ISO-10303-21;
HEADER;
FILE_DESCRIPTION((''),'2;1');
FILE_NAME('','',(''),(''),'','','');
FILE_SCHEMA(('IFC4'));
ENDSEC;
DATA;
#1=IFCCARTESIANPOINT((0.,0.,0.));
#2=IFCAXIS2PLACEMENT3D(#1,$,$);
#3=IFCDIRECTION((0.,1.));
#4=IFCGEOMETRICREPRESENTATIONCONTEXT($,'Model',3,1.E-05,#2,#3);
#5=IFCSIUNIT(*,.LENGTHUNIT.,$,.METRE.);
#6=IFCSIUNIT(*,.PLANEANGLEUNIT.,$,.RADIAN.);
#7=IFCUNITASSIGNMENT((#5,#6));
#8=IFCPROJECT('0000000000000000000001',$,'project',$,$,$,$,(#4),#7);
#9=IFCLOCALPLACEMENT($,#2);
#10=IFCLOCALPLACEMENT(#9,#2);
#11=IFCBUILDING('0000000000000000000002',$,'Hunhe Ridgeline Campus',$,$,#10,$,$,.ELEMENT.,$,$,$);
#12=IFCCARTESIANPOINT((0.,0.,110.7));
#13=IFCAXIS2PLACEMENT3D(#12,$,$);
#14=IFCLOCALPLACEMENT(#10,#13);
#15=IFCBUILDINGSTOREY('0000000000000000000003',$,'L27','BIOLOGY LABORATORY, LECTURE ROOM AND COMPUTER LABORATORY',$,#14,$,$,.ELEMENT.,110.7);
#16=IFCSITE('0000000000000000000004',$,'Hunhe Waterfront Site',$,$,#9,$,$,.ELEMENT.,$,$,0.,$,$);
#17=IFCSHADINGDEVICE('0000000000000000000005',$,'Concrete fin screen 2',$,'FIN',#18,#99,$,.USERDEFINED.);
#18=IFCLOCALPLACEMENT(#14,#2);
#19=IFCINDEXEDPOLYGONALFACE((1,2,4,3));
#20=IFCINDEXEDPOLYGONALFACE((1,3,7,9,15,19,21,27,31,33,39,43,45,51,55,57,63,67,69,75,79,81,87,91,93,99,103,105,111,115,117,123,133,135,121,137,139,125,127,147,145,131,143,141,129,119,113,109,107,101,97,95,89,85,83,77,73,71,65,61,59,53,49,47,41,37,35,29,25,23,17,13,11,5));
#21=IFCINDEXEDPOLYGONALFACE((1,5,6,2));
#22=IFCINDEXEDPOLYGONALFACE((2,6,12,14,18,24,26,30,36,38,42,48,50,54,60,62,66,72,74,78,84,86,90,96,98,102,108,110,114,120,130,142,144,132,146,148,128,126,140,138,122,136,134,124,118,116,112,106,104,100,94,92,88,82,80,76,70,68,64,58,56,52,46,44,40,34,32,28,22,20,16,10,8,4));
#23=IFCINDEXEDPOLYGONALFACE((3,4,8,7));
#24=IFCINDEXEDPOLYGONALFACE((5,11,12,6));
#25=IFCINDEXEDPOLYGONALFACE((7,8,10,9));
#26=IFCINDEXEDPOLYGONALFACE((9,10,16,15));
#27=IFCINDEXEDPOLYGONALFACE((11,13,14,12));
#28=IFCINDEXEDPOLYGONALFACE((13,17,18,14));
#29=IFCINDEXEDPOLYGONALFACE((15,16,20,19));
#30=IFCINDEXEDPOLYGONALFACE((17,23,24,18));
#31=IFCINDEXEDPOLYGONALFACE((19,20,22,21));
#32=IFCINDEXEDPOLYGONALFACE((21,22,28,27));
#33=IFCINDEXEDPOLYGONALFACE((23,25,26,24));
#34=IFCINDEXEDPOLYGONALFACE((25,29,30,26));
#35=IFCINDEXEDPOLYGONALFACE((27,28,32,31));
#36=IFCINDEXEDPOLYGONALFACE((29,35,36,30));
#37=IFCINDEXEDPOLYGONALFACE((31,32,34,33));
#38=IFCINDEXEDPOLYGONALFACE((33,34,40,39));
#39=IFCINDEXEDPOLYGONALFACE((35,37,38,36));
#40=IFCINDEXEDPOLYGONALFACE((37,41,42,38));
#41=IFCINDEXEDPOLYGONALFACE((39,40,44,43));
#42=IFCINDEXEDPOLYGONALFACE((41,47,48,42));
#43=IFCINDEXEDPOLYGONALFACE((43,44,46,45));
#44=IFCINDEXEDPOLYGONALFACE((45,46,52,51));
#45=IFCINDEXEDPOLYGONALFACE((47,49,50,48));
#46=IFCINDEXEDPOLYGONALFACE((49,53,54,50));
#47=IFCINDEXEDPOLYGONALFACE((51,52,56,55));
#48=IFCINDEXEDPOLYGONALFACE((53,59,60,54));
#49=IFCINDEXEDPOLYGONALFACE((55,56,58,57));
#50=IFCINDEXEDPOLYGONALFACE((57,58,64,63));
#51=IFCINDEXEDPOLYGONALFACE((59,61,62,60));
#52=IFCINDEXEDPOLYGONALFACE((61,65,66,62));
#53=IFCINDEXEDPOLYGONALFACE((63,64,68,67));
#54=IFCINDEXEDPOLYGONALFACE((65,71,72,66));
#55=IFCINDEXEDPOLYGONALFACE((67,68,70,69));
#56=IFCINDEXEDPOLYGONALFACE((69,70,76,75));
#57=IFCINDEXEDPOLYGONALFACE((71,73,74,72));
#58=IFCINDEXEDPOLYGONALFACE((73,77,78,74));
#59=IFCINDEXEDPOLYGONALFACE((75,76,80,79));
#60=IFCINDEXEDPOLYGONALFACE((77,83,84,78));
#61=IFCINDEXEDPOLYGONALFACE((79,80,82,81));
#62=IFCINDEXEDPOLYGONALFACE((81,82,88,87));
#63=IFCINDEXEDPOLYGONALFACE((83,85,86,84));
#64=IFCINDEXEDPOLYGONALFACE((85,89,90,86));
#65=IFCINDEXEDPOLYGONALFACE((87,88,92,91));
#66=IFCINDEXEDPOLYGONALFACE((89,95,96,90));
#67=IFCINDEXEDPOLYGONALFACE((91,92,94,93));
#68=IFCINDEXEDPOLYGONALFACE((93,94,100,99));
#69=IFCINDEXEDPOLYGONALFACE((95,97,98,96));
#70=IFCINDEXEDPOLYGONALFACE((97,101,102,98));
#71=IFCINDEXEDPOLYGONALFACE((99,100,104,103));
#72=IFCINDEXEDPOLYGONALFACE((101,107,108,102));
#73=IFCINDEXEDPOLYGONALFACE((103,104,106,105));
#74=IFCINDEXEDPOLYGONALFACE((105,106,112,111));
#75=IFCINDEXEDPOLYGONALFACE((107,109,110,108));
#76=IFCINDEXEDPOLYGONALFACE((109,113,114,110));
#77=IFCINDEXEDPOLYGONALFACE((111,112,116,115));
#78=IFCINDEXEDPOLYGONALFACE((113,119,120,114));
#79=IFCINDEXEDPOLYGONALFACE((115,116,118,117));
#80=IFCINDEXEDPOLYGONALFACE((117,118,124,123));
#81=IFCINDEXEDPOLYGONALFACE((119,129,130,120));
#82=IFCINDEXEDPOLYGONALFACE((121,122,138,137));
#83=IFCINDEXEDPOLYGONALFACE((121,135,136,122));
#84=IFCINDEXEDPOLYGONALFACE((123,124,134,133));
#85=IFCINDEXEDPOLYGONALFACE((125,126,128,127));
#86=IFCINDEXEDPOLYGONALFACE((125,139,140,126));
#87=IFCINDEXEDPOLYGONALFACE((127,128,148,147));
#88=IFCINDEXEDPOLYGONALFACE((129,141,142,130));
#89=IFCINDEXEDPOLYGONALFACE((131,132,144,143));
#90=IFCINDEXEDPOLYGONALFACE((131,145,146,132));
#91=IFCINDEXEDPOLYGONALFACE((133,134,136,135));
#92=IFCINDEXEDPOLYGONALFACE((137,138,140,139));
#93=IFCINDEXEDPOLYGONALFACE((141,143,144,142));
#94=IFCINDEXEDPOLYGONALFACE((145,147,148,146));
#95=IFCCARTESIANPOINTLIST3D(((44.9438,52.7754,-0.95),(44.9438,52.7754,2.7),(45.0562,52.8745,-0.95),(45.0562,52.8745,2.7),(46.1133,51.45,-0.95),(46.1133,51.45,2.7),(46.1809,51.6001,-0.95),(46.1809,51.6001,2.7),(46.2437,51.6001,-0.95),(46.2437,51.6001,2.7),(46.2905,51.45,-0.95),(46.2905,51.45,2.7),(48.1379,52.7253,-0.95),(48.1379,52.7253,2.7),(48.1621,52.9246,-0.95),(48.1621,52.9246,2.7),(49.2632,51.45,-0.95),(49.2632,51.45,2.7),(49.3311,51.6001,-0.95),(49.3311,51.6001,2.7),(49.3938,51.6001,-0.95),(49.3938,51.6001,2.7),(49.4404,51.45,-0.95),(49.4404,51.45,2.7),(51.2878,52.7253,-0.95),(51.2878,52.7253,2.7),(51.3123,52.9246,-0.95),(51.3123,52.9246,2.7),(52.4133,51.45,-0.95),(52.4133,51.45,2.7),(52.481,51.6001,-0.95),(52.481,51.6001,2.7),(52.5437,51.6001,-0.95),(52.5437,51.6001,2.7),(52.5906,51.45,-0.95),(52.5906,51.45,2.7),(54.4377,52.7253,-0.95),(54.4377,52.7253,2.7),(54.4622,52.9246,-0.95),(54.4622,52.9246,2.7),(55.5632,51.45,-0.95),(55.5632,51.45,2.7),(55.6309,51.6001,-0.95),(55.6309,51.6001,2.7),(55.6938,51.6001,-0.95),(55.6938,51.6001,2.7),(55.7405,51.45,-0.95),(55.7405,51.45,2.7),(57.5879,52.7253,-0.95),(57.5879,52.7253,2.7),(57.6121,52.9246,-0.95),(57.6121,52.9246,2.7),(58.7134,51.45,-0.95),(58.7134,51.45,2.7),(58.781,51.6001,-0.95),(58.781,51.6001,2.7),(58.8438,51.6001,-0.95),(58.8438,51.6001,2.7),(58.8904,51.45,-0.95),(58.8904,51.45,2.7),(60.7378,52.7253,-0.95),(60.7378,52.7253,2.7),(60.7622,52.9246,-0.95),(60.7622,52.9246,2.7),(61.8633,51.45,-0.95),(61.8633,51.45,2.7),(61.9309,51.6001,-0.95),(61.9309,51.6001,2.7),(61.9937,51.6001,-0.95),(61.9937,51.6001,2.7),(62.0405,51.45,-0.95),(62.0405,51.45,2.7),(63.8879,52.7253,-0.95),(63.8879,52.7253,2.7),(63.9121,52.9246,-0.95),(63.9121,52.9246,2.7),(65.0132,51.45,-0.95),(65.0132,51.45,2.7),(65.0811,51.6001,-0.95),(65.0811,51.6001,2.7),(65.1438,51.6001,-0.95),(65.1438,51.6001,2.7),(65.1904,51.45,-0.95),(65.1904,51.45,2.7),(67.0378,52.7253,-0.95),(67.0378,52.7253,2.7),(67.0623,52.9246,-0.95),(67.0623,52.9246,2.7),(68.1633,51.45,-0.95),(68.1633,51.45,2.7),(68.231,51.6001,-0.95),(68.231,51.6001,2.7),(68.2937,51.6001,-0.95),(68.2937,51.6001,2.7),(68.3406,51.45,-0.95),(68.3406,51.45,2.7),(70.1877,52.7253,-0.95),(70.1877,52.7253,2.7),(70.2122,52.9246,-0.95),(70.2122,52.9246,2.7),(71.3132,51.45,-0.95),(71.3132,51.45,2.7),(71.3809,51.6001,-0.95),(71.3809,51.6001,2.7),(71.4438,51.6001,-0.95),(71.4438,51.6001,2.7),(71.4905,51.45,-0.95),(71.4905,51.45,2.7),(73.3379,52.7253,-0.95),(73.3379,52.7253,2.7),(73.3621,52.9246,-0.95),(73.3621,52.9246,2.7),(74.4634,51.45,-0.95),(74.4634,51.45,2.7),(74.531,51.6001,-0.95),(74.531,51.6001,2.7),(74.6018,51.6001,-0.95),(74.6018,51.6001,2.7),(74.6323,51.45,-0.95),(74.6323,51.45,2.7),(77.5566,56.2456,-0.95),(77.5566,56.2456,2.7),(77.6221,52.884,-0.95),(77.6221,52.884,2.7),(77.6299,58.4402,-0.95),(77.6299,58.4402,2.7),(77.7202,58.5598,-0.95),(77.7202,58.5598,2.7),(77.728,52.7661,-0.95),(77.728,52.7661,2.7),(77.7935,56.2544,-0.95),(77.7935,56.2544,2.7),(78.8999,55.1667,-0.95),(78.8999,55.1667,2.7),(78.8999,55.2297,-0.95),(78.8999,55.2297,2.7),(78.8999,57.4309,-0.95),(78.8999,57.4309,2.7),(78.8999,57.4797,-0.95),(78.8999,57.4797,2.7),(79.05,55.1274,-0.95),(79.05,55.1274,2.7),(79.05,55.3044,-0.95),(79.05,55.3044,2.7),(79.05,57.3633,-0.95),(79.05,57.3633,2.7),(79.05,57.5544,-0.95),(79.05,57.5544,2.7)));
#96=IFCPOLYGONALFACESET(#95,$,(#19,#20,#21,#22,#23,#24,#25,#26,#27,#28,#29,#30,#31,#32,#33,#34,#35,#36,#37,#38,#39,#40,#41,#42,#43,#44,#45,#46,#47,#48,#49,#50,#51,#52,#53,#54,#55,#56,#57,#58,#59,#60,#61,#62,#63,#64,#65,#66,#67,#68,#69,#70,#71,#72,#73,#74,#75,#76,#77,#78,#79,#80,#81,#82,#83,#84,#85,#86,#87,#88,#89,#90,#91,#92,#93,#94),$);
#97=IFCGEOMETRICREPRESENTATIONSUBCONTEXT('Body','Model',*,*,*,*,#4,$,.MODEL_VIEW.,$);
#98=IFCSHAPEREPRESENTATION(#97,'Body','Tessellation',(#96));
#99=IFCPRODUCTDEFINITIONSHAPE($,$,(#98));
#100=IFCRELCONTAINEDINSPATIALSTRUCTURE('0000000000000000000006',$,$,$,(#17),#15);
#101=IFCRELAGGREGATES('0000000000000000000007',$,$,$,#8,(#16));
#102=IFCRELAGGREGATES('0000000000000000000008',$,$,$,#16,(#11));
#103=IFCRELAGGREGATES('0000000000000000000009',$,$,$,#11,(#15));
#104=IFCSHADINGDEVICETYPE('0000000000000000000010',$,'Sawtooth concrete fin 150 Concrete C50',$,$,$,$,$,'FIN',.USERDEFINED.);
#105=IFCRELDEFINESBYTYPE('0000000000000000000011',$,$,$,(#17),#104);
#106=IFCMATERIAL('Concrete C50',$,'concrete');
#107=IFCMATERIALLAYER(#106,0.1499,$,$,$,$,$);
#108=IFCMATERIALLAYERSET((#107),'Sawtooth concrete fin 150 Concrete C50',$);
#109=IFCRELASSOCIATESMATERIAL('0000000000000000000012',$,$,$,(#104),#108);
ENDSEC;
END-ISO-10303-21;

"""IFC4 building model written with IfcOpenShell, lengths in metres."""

from ifc_helpers import new_model, si_unit, direction, frame, origin, place, context, subcontext, project, spatial, polyline, outline, extrude, material, layer, layer_set, type_object, element, save


model = new_model("IFC4")

# Units and contexts
model_context = context("Model", 3, precision=1e-05, world=origin(), true_north=direction((0.0, 1.0)))
body_context = subcontext(model_context, "Body", "Model", "MODEL_VIEW")
ifc_project = project(units=[si_unit("LENGTHUNIT", "METRE"), si_unit("PLANEANGLEUNIT", "RADIAN")], contexts=[model_context])

# Site, building, storey
site_placement = place(None, origin())
site = spatial("IfcSite", under=ifc_project, at=site_placement, Name="Hunhe Waterfront Site", CompositionType="ELEMENT", RefElevation=0.0)
building_placement = place(site_placement, origin())
building = spatial("IfcBuilding", under=site, at=building_placement, Name="Hunhe Ridgeline Campus", CompositionType="ELEMENT")
storey_placement = place(building_placement, frame((0.0, 0.0, 110.7)))
storey = spatial("IfcBuildingStorey", under=building, at=storey_placement, Name="L27", Description="BIOLOGY LABORATORY, LECTURE ROOM AND COMPUTER LABORATORY", CompositionType="ELEMENT", Elevation=110.7)

# Shading device
ifc_material_1 = material(Name="Concrete C50", Category="concrete")
ifc_layer_1 = layer(ifc_material_1, 0.1499)
ifc_layer_set_1 = layer_set([ifc_layer_1], Name="Sawtooth concrete fin 150 Concrete C50")
shading_device_type = type_object("IfcShadingDeviceType", Name="Sawtooth concrete fin 150 Concrete C50", ElementType="FIN", PredefinedType="USERDEFINED", material=ifc_layer_set_1)
shading_device_1_placement = place(storey_placement, frame((0.0, 0.0, -0.95)))
element("IfcShadingDevice", 1, at=shading_device_1_placement, inside=storey, type_object=shading_device_type, Name="Concrete fin screen 2", ObjectType="FIN", PredefinedType="USERDEFINED", context=body_context, shape_type="SweptSolid", body=[
    extrude(outline(polyline([(45.0562, 52.8745), (44.9438, 52.7754), (46.1133, 51.45), (46.2905, 51.45), (48.1379, 52.7253), (49.2632, 51.45), (49.4404, 51.45), (51.2878, 52.7253), (52.4133, 51.45), (52.5906, 51.45), (54.4377, 52.7253), (55.5632, 51.45), (55.7405, 51.45), (57.5879, 52.7253), (58.7134, 51.45), (58.8904, 51.45), (60.7378, 52.7253), (61.8633, 51.45), (62.0405, 51.45), (63.8879, 52.7253), (65.0132, 51.45), (65.1904, 51.45), (67.0378, 52.7253), (68.1633, 51.45), (68.3406, 51.45), (70.1877, 52.7253), (71.3132, 51.45), (71.4905, 51.45), (73.3379, 52.7253), (74.4634, 51.45), (74.6323, 51.45), (77.728, 52.7661), (79.05, 55.1274), (79.05, 55.3044), (77.7935, 56.2544), (79.05, 57.3633), (79.05, 57.5544), (77.7202, 58.5598), (77.6299, 58.4402), (78.8999, 57.4797), (78.8999, 57.4309), (77.5566, 56.2456), (78.8999, 55.2297), (78.8999, 55.1667), (77.6221, 52.884), (74.6018, 51.6001), (74.531, 51.6001), (73.3621, 52.9246), (71.4438, 51.6001), (71.3809, 51.6001), (70.2122, 52.9246), (68.2937, 51.6001), (68.231, 51.6001), (67.0623, 52.9246), (65.1438, 51.6001), (65.0811, 51.6001), (63.9121, 52.9246), (61.9937, 51.6001), (61.9309, 51.6001), (60.7622, 52.9246), (58.8438, 51.6001), (58.781, 51.6001), (57.6121, 52.9246), (55.6938, 51.6001), (55.6309, 51.6001), (54.4622, 52.9246), (52.5437, 51.6001), (52.481, 51.6001), (51.3123, 52.9246), (49.3938, 51.6001), (49.3311, 51.6001), (48.1621, 52.9246), (46.2437, 51.6001), (46.1809, 51.6001), (45.0562, 52.8745)])), origin(), (0.0, 0.0, 1.0), 3.6499),
])

save(model, "model.ifc")
